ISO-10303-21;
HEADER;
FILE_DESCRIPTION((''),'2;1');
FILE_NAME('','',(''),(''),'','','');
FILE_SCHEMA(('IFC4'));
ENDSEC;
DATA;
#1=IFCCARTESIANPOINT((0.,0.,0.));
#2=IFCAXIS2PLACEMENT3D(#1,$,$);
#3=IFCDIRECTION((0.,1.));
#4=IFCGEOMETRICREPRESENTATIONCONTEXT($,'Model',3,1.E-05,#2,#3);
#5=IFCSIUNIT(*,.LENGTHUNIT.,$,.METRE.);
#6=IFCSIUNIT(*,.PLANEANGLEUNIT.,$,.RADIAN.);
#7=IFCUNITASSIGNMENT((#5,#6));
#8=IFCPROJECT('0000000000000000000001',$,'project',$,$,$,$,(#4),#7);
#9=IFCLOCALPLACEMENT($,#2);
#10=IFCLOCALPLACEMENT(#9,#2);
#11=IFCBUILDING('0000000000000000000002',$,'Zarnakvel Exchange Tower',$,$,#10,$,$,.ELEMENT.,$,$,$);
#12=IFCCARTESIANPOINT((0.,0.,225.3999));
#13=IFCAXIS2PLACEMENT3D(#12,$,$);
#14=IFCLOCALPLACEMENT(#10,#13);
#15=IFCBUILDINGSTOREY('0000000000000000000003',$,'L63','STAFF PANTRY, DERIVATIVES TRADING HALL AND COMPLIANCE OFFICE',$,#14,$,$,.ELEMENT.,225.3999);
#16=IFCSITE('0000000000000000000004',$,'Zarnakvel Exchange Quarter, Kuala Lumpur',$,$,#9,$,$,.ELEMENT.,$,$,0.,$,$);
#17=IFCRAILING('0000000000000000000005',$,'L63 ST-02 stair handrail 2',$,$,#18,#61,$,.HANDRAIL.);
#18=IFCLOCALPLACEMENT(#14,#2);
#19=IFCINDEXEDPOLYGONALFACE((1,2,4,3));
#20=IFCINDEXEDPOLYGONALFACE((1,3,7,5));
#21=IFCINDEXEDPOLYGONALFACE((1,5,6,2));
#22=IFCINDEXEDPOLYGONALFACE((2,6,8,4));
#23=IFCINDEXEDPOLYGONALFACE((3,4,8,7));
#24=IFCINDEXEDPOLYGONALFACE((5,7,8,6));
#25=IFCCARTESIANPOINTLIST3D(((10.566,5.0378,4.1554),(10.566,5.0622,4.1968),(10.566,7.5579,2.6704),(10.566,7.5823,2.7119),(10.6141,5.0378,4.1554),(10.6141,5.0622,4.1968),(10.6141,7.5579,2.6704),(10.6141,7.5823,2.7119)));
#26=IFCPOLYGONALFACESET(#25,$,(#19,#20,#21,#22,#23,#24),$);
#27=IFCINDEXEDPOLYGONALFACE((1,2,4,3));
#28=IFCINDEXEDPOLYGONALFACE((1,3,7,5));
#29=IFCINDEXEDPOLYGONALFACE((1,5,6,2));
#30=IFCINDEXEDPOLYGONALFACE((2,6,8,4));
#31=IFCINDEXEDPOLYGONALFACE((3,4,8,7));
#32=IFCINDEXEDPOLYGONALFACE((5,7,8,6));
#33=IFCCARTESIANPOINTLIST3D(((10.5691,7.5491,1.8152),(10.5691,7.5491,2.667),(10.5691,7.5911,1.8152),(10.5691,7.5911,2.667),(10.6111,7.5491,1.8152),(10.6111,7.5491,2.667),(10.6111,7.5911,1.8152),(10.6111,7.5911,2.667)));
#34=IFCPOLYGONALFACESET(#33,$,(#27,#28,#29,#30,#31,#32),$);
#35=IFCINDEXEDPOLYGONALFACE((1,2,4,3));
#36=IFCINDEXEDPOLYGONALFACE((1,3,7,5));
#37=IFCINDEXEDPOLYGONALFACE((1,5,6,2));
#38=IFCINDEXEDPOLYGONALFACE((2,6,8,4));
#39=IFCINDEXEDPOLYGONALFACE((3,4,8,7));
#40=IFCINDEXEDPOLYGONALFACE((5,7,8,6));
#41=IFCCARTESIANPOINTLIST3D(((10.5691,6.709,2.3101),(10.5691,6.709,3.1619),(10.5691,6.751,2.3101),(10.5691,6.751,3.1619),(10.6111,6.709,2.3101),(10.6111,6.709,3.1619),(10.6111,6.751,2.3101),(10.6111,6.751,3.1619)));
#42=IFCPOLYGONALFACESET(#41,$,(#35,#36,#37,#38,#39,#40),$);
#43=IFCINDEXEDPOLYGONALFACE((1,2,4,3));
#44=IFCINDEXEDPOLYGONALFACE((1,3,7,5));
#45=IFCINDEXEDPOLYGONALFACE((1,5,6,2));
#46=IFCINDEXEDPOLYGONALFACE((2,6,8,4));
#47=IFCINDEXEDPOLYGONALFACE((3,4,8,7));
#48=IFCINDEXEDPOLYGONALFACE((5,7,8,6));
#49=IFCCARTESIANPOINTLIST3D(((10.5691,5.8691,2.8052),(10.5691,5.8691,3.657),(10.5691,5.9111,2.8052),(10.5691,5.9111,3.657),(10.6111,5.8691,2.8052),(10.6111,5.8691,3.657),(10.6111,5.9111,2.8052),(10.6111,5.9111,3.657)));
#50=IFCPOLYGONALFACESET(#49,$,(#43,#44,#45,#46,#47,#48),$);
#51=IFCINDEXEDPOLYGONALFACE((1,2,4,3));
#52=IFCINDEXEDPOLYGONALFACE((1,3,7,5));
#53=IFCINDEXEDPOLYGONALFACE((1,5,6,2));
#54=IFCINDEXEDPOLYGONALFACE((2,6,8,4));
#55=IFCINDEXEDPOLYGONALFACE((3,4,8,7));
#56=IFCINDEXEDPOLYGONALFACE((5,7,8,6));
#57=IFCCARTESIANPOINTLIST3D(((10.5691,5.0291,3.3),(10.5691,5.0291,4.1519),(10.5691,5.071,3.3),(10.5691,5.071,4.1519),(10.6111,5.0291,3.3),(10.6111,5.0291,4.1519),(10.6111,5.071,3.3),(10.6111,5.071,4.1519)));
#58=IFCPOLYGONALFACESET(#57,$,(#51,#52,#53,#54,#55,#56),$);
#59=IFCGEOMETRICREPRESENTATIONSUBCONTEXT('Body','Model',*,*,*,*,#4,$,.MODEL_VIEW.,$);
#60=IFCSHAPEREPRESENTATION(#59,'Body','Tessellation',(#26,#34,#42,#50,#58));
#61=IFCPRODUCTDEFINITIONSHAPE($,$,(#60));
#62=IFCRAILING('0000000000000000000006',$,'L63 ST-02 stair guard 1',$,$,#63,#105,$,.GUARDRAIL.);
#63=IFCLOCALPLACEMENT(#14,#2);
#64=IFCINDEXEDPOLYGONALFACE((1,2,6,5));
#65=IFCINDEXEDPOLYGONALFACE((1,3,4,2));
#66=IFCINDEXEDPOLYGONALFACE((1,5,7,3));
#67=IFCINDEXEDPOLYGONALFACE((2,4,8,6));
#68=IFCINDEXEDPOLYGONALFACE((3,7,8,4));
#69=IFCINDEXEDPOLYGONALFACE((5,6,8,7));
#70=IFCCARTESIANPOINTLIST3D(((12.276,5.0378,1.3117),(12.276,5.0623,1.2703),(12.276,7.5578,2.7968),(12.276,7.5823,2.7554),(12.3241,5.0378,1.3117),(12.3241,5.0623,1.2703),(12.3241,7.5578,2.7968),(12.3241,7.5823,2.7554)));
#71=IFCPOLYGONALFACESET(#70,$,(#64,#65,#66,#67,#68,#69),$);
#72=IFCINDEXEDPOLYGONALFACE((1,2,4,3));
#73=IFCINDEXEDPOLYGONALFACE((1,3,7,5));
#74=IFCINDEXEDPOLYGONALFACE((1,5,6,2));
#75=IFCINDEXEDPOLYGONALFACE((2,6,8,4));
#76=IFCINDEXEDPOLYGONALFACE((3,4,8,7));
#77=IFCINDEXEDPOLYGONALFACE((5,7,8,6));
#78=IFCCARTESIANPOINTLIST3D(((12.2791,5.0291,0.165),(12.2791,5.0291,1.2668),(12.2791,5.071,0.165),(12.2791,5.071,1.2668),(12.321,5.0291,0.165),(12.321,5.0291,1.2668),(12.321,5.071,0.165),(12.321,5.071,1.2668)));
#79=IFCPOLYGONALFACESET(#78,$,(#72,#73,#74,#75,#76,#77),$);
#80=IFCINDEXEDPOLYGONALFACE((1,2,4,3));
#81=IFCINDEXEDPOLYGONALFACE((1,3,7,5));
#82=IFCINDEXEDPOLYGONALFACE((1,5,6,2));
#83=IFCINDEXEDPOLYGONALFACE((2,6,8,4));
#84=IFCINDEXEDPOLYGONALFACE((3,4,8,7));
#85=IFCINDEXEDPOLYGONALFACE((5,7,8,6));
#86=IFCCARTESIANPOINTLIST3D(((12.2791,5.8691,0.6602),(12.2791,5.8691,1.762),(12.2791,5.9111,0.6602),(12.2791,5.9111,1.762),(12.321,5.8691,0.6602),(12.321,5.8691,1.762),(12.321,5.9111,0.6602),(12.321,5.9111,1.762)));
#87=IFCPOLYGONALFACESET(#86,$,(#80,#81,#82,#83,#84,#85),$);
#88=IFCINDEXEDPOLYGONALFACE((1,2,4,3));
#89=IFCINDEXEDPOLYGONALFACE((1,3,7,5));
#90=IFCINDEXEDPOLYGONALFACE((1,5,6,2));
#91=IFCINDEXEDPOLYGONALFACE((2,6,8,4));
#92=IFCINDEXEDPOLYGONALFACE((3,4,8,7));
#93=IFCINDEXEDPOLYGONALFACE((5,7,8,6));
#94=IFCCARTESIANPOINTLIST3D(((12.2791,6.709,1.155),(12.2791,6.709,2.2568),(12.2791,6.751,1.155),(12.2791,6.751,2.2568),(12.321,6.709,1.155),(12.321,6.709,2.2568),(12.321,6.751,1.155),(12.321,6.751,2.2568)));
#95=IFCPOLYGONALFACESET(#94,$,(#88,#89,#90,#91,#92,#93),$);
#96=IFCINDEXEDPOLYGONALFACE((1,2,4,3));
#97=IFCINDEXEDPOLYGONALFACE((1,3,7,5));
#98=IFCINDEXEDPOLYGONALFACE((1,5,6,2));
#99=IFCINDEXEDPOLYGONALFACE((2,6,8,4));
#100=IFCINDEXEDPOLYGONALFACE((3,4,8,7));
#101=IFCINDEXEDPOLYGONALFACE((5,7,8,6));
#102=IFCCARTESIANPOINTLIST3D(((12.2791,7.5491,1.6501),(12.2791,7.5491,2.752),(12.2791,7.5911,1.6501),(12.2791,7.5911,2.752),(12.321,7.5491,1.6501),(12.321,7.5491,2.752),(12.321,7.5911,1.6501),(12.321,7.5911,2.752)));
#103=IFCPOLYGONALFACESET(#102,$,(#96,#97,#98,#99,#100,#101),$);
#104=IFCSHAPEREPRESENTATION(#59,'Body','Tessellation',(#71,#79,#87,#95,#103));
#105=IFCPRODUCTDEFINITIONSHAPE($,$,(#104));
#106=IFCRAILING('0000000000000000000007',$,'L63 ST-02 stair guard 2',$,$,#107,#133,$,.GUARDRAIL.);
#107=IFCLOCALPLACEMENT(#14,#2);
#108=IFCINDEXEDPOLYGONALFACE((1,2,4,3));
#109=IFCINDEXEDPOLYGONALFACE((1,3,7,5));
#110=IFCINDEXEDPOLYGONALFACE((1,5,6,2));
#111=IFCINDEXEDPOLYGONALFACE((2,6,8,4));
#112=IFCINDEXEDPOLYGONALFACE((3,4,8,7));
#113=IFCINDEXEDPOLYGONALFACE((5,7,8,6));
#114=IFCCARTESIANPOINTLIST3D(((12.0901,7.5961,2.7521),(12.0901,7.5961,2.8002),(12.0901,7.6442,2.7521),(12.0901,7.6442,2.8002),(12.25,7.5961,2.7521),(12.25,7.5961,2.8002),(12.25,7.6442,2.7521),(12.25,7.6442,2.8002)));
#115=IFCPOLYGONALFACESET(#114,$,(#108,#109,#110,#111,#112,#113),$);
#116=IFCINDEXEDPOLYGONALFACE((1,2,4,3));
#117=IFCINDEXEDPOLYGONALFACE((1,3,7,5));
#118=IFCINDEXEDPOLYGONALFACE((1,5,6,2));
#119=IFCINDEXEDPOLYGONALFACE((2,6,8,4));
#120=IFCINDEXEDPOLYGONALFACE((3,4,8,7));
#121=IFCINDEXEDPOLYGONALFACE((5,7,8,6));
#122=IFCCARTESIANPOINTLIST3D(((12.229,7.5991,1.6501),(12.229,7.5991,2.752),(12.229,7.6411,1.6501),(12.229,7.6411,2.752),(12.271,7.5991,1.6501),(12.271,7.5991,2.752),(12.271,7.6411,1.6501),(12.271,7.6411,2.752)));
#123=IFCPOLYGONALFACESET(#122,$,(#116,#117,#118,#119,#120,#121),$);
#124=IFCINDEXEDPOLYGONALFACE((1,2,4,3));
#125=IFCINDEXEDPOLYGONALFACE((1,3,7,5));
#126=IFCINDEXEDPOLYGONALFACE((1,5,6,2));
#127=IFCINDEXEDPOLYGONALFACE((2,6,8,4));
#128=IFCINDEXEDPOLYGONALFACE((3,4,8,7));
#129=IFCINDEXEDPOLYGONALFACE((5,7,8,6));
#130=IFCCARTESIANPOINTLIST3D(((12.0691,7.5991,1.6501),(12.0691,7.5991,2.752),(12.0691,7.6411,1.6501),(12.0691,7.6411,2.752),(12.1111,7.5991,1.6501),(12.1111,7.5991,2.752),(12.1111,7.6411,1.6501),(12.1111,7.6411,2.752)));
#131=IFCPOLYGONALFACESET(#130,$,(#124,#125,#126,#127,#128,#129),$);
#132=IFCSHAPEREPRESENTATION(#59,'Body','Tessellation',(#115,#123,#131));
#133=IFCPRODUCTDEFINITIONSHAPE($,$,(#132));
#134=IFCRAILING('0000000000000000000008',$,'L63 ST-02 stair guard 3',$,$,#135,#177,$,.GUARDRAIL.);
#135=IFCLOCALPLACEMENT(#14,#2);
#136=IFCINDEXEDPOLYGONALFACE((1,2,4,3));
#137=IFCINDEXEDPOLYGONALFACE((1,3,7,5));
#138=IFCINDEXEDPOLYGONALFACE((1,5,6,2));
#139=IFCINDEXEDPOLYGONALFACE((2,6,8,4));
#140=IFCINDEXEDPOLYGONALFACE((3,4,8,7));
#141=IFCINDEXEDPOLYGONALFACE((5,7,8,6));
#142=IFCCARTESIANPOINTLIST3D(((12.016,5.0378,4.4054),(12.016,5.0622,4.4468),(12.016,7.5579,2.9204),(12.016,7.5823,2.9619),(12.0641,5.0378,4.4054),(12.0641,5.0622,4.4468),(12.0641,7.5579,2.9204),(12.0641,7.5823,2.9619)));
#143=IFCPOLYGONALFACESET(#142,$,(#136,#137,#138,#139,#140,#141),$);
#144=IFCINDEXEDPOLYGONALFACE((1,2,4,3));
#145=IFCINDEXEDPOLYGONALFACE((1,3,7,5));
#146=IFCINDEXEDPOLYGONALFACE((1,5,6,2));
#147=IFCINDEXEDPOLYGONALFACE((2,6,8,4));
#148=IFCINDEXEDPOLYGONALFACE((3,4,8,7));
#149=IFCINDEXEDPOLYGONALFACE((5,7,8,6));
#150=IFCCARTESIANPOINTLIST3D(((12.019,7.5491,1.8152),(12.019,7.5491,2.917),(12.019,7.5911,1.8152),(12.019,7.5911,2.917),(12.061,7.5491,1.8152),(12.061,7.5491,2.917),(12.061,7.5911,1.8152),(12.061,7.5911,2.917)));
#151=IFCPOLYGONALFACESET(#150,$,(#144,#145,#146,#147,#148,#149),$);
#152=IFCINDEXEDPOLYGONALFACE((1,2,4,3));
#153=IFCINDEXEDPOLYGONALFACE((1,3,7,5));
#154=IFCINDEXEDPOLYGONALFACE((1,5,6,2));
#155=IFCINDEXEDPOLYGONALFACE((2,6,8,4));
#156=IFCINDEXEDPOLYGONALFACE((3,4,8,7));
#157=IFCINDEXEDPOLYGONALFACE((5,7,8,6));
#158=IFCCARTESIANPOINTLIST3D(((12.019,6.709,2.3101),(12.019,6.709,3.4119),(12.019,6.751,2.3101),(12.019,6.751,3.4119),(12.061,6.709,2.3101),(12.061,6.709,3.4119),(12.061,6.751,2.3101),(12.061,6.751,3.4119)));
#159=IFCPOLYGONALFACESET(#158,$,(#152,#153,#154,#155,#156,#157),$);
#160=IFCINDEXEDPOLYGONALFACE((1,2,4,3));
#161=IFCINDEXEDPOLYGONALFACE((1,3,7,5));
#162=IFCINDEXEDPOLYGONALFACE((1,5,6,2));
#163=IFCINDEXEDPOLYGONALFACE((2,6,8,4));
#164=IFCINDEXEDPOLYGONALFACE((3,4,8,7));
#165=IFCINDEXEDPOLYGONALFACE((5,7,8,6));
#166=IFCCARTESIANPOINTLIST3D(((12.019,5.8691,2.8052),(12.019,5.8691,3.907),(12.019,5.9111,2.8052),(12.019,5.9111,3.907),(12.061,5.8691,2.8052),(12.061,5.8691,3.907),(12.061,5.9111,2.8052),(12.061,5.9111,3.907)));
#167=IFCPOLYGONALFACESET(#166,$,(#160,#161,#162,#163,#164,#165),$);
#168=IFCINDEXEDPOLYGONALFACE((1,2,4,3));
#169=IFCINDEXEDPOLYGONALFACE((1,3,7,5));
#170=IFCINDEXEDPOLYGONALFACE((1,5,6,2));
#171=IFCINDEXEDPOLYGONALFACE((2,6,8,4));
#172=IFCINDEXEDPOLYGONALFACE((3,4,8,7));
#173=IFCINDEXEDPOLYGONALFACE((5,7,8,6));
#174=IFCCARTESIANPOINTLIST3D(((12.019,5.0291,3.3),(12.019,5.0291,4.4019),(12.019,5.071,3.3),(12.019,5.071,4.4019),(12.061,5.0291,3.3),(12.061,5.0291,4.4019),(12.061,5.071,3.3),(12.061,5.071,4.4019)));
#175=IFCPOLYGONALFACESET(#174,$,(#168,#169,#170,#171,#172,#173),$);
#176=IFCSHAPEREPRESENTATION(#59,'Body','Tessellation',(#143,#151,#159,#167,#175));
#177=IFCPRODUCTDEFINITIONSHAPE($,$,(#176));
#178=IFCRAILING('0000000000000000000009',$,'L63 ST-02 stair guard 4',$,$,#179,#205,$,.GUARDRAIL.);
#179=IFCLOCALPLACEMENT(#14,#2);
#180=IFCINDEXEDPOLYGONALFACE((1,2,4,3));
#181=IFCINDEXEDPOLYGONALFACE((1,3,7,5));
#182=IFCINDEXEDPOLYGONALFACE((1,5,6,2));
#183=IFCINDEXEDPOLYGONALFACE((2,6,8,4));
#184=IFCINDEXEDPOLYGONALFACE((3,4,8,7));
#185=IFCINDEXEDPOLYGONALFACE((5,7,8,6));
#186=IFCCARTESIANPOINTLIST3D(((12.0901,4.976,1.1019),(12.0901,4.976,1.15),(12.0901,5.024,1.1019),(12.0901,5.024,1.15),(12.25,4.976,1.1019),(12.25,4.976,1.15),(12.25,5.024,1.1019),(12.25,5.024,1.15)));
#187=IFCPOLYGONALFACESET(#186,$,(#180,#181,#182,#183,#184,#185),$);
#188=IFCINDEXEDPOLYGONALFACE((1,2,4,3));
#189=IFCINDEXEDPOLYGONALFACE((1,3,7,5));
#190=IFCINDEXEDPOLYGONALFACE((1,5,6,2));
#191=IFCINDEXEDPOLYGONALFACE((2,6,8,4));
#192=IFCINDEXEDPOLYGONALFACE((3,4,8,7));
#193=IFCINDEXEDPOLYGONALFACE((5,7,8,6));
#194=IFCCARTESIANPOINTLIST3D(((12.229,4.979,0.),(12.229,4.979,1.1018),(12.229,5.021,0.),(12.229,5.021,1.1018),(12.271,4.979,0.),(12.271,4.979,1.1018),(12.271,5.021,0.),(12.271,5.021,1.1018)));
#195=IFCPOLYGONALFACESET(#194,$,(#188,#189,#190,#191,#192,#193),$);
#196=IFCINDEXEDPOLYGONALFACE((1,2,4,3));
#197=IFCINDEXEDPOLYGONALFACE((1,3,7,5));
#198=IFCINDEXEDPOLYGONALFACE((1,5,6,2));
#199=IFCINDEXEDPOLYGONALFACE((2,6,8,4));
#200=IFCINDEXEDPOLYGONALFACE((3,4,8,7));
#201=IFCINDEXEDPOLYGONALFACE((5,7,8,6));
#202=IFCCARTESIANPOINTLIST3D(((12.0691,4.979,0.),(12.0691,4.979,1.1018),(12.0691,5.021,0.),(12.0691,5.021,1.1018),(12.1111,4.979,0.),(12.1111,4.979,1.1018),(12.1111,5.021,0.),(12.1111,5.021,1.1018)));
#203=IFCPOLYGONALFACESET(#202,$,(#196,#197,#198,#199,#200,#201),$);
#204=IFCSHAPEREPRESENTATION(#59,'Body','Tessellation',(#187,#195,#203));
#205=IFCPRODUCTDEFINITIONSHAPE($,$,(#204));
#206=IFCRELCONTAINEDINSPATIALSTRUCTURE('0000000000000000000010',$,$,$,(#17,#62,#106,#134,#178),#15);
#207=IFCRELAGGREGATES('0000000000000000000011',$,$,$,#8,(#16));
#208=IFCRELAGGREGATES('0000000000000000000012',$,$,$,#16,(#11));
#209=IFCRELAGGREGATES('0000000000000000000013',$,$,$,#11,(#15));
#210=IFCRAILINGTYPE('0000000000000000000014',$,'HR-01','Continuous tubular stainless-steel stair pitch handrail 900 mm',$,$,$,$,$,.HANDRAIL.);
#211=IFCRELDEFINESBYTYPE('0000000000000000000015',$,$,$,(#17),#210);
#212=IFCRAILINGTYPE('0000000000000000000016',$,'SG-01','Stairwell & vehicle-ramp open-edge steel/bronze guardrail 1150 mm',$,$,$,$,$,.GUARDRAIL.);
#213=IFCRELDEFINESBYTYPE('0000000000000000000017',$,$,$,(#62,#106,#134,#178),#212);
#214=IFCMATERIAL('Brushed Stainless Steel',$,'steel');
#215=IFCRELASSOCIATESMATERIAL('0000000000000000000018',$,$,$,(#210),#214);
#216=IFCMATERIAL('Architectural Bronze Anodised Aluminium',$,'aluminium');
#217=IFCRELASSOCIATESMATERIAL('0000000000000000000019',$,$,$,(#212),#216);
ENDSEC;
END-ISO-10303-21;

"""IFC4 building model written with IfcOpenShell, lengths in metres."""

from ifc_helpers import new_model, si_unit, direction, frame, origin, origin_2d, place, context, subcontext, project, spatial, rectangle, extrude, material, type_object, element, save


model = new_model("IFC4")

# Units and contexts
model_context = context("Model", 3, precision=1e-05, world=origin(), true_north=direction((0.0, 1.0)))
body_context = subcontext(model_context, "Body", "Model", "MODEL_VIEW")
ifc_project = project(units=[si_unit("LENGTHUNIT", "METRE"), si_unit("PLANEANGLEUNIT", "RADIAN")], contexts=[model_context])

# Site, building, storey
site_placement = place(None, origin())
site = spatial("IfcSite", under=ifc_project, at=site_placement, Name="Zarnakvel Exchange Quarter, Kuala Lumpur", CompositionType="ELEMENT", RefElevation=0.0)
building_placement = place(site_placement, origin())
building = spatial("IfcBuilding", under=site, at=building_placement, Name="Zarnakvel Exchange Tower", CompositionType="ELEMENT")
storey_placement = place(building_placement, frame((0.0, 0.0, 225.3999)))
storey = spatial("IfcBuildingStorey", under=building, at=storey_placement, Name="L63", Description="STAFF PANTRY, DERIVATIVES TRADING HALL AND COMPLIANCE OFFICE", CompositionType="ELEMENT", Elevation=225.3999)

# Shared definitions
ifc_material_1 = material(Name="Architectural Bronze Anodised Aluminium", Category="aluminium")

# Shared definitions
ifc_material_2 = material(Name="Brushed Stainless Steel", Category="steel")

# Railings
railing_type_1 = type_object("IfcRailingType", Name="HR-01", Description="Continuous tubular stainless-steel stair pitch handrail 900 mm", PredefinedType="HANDRAIL", material=ifc_material_2)
railing_1_placement = place(storey_placement, frame((10.5901, 7.5701, 1.8152)))
element("IfcRailing", 1, at=railing_1_placement, inside=storey, type_object=railing_type_1, Name="L63 ST-02 stair handrail 2", PredefinedType="HANDRAIL", context=body_context, shape_type="SweptSolid", body=[
    extrude(rectangle(XDim=0.0481, YDim=0.0481, at=origin_2d()), frame((0.0, 0.0, 0.876), z_axis=(0.0, -0.861561, 0.507655), x_axis=(1.0, 0.0, 0.0)), (0.0, 0.0, 1.0), 2.925),
    extrude(rectangle(XDim=0.042, YDim=0.042, at=origin_2d()), origin(), (0.0, 0.0, 1.0), 0.8518),
    extrude(rectangle(XDim=0.042, YDim=0.042, at=origin_2d()), frame((0.0, -0.8401, 0.4949)), (0.0, 0.0, 1.0), 0.8518),
    extrude(rectangle(XDim=0.042, YDim=0.042, at=origin_2d()), frame((0.0, -1.6799, 0.99)), (0.0, 0.0, 1.0), 0.8518),
    extrude(rectangle(XDim=0.042, YDim=0.042, at=origin_2d()), frame((0.0, -2.52, 1.4849)), (0.0, 0.0, 1.0), 0.8518),
])
railing_type_2 = type_object("IfcRailingType", Name="SG-01", Description="Stairwell & vehicle-ramp open-edge steel/bronze guardrail 1150 mm", PredefinedType="GUARDRAIL", material=ifc_material_1)
railing_2_placement = place(storey_placement, frame((12.3, 5.05, 0.165)))
element("IfcRailing", 2, at=railing_2_placement, inside=storey, type_object=railing_type_2, Name="L63 ST-02 stair guard 1", PredefinedType="GUARDRAIL", context=body_context, shape_type="SweptSolid", body=[
    extrude(rectangle(XDim=0.0481, YDim=0.0481, at=origin_2d()), frame((0.0, 0.0, 1.126), z_axis=(0.0, 0.861524, 0.507717), x_axis=(-1.0, 0.0, 0.0)), (0.0, 0.0, 1.0), 2.925),
    extrude(rectangle(XDim=0.042, YDim=0.042, at=origin_2d()), origin(), (0.0, 0.0, 1.0), 1.1018),
    extrude(rectangle(XDim=0.042, YDim=0.042, at=origin_2d()), frame((0.0, 0.8401, 0.4951)), (0.0, 0.0, 1.0), 1.1018),
    extrude(rectangle(XDim=0.042, YDim=0.042, at=origin_2d()), frame((0.0, 1.6799, 0.99)), (0.0, 0.0, 1.0), 1.1018),
    extrude(rectangle(XDim=0.042, YDim=0.042, at=origin_2d()), frame((0.0, 2.52, 1.4851)), (0.0, 0.0, 1.0), 1.1018),
])
railing_3_placement = place(storey_placement, frame((12.25, 7.6201, 1.6501)))
element("IfcRailing", 3, at=railing_3_placement, inside=storey, type_object=railing_type_2, Name="L63 ST-02 stair guard 2", PredefinedType="GUARDRAIL", context=body_context, shape_type="SweptSolid", body=[
    extrude(rectangle(XDim=0.0481, YDim=0.0481, at=origin_2d()), frame((0.0, 0.0, 1.126), z_axis=(-1.0, 0.0, 0.0), x_axis=(0.0, -1.0, 0.0)), (0.0, 0.0, 1.0), 0.1599),
    extrude(rectangle(XDim=0.042, YDim=0.042, at=origin_2d()), origin(), (0.0, 0.0, 1.0), 1.1018),
    extrude(rectangle(XDim=0.042, YDim=0.042, at=origin_2d()), frame((-0.1599, 0.0, 0.0)), (0.0, 0.0, 1.0), 1.1018),
])
railing_4_placement = place(storey_placement, frame((12.04, 7.5701, 1.8152)))
element("IfcRailing", 4, at=railing_4_placement, inside=storey, type_object=railing_type_2, Name="L63 ST-02 stair guard 3", PredefinedType="GUARDRAIL", context=body_context, shape_type="SweptSolid", body=[
    extrude(rectangle(XDim=0.0481, YDim=0.0481, at=origin_2d()), frame((0.0, 0.0, 1.126), z_axis=(0.0, -0.861561, 0.507655), x_axis=(1.0, 0.0, 0.0)), (0.0, 0.0, 1.0), 2.925),
    extrude(rectangle(XDim=0.042, YDim=0.042, at=origin_2d()), origin(), (0.0, 0.0, 1.0), 1.1018),
    extrude(rectangle(XDim=0.042, YDim=0.042, at=origin_2d()), frame((0.0, -0.8401, 0.4949)), (0.0, 0.0, 1.0), 1.1018),
    extrude(rectangle(XDim=0.042, YDim=0.042, at=origin_2d()), frame((0.0, -1.6799, 0.99)), (0.0, 0.0, 1.0), 1.1018),
    extrude(rectangle(XDim=0.042, YDim=0.042, at=origin_2d()), frame((0.0, -2.52, 1.4849)), (0.0, 0.0, 1.0), 1.1018),
])
railing_5_placement = place(storey_placement, frame((12.25, 5.0, 0.0)))
element("IfcRailing", 5, at=railing_5_placement, inside=storey, type_object=railing_type_2, Name="L63 ST-02 stair guard 4", PredefinedType="GUARDRAIL", context=body_context, shape_type="SweptSolid", body=[
    extrude(rectangle(XDim=0.0481, YDim=0.0481, at=origin_2d()), frame((0.0, 0.0, 1.126), z_axis=(-1.0, 0.0, 0.0), x_axis=(0.0, -1.0, 0.0)), (0.0, 0.0, 1.0), 0.1599),
    extrude(rectangle(XDim=0.042, YDim=0.042, at=origin_2d()), origin(), (0.0, 0.0, 1.0), 1.1018),
    extrude(rectangle(XDim=0.042, YDim=0.042, at=origin_2d()), frame((-0.1599, 0.0, 0.0)), (0.0, 0.0, 1.0), 1.1018),
])

save(model, "model.ifc")
